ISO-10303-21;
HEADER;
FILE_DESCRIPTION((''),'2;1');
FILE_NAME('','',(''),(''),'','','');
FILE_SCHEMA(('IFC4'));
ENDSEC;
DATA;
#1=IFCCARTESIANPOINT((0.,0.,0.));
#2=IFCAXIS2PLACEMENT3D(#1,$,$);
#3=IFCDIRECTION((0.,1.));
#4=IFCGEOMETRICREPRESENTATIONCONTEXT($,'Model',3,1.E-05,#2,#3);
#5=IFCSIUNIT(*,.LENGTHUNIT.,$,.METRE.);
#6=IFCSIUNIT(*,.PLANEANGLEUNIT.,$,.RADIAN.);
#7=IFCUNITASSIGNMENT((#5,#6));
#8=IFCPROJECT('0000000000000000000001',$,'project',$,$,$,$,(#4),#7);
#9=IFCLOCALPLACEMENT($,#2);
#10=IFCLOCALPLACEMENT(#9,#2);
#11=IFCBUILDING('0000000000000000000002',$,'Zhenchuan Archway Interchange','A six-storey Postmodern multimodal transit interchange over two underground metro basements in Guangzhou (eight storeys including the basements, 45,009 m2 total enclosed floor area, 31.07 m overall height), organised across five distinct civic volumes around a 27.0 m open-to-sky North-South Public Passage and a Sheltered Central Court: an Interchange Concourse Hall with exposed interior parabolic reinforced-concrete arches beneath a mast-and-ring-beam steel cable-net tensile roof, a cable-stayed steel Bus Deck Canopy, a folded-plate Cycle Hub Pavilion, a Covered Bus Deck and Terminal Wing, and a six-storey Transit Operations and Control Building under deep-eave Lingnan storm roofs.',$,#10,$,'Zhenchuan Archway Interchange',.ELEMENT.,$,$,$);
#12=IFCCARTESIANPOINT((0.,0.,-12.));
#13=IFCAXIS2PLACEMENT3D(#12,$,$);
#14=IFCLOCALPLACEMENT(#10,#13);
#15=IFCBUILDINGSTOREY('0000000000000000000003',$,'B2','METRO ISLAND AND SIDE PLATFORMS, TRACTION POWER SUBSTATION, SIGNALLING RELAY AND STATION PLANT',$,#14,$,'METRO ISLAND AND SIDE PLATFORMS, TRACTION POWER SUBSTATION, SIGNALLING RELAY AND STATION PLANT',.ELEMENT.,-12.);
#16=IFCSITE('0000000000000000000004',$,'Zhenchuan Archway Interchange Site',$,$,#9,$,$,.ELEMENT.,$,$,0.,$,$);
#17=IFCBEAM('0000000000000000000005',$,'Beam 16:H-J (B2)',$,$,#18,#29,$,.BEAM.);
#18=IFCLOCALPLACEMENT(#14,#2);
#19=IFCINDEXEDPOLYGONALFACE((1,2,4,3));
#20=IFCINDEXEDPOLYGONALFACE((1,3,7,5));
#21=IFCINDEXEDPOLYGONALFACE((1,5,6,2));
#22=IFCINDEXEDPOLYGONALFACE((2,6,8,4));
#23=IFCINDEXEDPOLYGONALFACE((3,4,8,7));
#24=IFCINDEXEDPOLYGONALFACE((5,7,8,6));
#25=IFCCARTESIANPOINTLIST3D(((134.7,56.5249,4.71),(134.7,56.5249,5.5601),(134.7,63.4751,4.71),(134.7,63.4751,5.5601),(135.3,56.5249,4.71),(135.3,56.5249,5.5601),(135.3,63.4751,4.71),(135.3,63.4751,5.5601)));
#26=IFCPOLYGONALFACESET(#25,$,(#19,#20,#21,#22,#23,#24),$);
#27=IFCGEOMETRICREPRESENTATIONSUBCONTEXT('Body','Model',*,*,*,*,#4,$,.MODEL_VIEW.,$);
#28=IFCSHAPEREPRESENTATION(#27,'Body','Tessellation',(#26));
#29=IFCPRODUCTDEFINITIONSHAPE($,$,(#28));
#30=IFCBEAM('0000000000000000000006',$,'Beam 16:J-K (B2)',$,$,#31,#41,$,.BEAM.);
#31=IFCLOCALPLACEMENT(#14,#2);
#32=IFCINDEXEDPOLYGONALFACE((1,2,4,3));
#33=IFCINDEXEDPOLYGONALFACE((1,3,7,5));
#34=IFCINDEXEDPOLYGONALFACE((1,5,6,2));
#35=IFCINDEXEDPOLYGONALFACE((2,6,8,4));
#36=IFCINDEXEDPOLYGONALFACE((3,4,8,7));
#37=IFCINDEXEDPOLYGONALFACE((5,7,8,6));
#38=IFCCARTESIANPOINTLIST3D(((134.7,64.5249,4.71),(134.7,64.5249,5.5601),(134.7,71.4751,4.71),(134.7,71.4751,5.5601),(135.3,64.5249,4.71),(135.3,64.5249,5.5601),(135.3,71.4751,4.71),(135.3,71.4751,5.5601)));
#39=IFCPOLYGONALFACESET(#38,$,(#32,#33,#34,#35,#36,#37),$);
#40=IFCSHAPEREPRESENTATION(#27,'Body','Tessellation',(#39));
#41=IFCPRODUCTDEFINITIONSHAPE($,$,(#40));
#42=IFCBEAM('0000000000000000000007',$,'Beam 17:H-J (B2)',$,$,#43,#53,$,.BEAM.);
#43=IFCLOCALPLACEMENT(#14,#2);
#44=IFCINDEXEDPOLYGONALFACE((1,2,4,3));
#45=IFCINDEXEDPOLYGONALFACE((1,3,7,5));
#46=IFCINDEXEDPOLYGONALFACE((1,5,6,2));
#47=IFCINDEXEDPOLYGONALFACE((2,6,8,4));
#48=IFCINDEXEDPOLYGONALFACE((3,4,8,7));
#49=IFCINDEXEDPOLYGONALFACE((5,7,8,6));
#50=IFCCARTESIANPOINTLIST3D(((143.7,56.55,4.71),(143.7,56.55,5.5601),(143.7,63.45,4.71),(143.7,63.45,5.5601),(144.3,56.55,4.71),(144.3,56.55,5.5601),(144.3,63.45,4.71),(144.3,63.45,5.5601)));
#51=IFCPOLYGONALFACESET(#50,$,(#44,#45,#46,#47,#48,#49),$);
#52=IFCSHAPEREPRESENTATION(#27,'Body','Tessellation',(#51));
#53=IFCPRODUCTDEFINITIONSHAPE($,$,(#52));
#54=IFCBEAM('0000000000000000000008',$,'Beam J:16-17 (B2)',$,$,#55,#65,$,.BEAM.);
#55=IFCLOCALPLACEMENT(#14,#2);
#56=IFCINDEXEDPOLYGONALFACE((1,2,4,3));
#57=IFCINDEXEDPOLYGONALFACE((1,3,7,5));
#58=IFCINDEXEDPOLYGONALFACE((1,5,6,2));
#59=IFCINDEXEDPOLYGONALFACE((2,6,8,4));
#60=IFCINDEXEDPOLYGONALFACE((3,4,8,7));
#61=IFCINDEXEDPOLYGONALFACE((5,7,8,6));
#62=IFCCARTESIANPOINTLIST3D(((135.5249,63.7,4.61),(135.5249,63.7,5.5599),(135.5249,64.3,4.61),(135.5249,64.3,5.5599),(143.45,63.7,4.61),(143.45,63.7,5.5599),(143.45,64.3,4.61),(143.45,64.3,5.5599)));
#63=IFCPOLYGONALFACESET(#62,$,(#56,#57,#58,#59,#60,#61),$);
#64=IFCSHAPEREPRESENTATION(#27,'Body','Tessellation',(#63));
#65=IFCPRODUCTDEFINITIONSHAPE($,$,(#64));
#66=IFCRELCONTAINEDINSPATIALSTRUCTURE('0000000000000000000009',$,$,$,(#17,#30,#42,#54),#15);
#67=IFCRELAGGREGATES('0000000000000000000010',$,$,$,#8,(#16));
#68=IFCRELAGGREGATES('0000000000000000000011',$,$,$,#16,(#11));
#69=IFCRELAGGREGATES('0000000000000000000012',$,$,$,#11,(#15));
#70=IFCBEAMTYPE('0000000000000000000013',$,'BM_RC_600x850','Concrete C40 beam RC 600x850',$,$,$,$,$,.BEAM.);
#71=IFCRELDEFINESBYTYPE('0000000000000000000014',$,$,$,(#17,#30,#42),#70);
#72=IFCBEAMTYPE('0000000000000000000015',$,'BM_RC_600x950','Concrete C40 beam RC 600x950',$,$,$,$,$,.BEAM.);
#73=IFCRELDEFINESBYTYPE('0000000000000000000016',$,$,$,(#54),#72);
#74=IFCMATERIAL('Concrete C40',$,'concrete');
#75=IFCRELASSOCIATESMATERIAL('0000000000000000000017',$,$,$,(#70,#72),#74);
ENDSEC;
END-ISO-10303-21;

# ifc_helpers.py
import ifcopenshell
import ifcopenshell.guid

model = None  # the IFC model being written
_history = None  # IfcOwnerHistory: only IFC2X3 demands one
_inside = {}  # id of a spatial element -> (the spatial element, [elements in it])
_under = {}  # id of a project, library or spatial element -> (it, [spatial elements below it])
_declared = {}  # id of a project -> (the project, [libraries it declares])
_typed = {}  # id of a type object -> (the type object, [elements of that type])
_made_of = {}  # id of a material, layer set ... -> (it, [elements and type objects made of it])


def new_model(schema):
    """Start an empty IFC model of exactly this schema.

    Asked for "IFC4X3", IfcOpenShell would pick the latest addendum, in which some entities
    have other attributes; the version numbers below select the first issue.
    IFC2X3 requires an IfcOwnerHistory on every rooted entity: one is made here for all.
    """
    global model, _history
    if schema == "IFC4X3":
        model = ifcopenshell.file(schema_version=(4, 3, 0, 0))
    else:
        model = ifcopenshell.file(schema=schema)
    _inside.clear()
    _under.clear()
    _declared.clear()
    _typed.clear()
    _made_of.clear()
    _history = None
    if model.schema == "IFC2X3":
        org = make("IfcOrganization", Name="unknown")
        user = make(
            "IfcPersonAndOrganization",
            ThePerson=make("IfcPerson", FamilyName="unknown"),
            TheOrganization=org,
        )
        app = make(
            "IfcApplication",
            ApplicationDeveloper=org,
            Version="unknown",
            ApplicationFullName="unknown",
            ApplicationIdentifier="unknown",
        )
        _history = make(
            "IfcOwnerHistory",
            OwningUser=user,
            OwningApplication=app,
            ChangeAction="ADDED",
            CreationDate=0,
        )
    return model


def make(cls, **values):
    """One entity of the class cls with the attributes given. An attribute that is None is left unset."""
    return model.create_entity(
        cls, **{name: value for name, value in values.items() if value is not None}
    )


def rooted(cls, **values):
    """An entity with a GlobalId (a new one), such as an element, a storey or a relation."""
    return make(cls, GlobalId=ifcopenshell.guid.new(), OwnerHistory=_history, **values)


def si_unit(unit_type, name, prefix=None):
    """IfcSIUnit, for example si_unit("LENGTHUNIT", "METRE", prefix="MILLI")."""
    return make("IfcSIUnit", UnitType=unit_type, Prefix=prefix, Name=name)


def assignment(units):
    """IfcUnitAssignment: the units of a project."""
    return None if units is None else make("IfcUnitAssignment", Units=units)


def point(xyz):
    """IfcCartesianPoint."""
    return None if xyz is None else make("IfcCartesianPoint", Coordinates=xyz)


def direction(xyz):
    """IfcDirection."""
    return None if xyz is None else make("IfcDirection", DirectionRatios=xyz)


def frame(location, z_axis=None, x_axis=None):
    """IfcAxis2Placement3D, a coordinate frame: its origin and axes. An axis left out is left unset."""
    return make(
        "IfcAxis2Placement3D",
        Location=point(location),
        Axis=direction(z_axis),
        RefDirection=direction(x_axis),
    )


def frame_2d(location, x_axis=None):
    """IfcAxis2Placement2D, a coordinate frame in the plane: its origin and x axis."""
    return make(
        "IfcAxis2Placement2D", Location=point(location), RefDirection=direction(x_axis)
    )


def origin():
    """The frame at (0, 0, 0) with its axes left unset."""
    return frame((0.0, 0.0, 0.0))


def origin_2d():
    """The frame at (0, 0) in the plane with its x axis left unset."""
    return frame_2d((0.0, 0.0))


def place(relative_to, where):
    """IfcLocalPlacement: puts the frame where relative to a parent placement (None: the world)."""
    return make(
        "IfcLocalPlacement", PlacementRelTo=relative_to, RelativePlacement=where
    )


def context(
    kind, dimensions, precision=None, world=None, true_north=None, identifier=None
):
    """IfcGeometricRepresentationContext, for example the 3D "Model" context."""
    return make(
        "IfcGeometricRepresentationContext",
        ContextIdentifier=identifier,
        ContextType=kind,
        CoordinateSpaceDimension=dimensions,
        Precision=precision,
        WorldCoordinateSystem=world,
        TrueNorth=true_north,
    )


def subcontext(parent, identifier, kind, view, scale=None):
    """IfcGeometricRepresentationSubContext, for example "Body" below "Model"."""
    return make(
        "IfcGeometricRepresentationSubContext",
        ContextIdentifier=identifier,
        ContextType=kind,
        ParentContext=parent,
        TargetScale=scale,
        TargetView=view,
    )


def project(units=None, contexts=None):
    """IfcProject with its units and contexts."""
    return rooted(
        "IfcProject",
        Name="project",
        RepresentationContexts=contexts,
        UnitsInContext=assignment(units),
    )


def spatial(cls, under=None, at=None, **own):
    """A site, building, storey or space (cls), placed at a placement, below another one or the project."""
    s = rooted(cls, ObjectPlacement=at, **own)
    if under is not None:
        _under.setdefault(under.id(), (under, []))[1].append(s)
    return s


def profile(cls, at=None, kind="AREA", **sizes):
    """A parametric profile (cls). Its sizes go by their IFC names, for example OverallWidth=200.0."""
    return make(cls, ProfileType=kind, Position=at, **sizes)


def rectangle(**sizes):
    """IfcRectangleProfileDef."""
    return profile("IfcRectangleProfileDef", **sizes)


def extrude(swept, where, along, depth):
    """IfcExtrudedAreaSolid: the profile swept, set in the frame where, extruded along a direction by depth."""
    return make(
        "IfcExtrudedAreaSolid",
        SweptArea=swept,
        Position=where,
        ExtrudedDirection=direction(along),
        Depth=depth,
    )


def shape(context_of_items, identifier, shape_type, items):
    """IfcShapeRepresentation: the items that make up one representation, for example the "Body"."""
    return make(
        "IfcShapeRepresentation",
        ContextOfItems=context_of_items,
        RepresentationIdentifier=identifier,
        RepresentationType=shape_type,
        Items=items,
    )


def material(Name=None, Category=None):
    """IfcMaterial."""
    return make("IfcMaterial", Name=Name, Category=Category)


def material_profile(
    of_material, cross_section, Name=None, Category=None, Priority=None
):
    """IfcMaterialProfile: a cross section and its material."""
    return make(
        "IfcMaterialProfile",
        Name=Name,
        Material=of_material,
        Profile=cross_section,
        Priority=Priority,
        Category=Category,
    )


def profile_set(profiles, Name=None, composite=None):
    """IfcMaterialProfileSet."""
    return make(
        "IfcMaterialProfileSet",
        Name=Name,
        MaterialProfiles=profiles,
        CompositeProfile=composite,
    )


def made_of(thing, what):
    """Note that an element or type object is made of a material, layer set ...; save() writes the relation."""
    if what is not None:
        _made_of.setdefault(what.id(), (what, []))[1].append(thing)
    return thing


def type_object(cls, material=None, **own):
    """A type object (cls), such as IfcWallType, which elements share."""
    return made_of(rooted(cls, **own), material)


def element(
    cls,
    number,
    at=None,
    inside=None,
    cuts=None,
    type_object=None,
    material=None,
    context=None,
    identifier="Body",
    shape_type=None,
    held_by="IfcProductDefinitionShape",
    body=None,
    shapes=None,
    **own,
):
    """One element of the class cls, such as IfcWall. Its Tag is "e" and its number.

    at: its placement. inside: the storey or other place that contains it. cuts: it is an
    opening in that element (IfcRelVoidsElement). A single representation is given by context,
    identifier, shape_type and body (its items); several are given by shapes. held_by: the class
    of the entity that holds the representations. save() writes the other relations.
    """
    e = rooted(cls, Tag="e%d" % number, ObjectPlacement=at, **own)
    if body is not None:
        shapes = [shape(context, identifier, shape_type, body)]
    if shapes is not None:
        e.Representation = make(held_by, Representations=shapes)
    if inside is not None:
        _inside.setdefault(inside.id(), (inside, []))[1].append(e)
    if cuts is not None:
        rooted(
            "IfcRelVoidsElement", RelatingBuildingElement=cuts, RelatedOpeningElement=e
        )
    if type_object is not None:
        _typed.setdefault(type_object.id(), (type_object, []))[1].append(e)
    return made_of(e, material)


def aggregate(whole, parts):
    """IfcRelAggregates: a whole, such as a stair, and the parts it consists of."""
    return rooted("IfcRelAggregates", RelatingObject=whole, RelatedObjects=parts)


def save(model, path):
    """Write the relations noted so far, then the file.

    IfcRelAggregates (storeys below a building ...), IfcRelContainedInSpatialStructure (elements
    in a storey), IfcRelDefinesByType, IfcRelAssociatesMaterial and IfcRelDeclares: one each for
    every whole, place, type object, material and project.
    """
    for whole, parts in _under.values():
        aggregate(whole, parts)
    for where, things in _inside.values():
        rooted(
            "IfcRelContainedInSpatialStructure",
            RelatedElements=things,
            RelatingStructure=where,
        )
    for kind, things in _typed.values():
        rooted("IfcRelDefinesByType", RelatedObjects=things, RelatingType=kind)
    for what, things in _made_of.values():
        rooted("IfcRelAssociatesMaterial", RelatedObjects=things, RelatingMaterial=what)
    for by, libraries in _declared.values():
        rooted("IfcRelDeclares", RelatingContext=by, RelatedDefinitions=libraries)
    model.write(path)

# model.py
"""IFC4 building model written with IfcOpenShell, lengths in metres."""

from ifc_helpers import new_model, si_unit, direction, frame, origin, origin_2d, place, context, subcontext, project, spatial, rectangle, extrude, material, material_profile, profile_set, type_object, element, save


model = new_model("IFC4")

# Units and contexts
model_context = context("Model", 3, precision=1e-05, world=origin(), true_north=direction((0.0, 1.0)))
body_context = subcontext(model_context, "Body", "Model", "MODEL_VIEW")
ifc_project = project(units=[si_unit("LENGTHUNIT", "METRE"), si_unit("PLANEANGLEUNIT", "RADIAN")], contexts=[model_context])

# Site, building, storey
site_placement = place(None, origin())
site = spatial("IfcSite", under=ifc_project, at=site_placement, Name="Zhenchuan Archway Interchange Site", CompositionType="ELEMENT", RefElevation=0.0)
building_placement = place(site_placement, origin())
building = spatial("IfcBuilding", under=site, at=building_placement, Name="Zhenchuan Archway Interchange", Description="A six-storey Postmodern multimodal transit interchange over two underground metro basements in Guangzhou (eight storeys including the basements, 45,009 m2 total enclosed floor area, 31.07 m overall height), organised across five distinct civic volumes around a 27.0 m open-to-sky North-South Public Passage and a Sheltered Central Court: an Interchange Concourse Hall with exposed interior parabolic reinforced-concrete arches beneath a mast-and-ring-beam steel cable-net tensile roof, a cable-stayed steel Bus Deck Canopy, a folded-plate Cycle Hub Pavilion, a Covered Bus Deck and Terminal Wing, and a six-storey Transit Operations and Control Building under deep-eave Lingnan storm roofs.", LongName="Zhenchuan Archway Interchange", CompositionType="ELEMENT")
storey_placement = place(building_placement, frame((0.0, 0.0, -12.0)))
storey = spatial("IfcBuildingStorey", under=building, at=storey_placement, Name="B2", Description="METRO ISLAND AND SIDE PLATFORMS, TRACTION POWER SUBSTATION, SIGNALLING RELAY AND STATION PLANT", LongName="METRO ISLAND AND SIDE PLATFORMS, TRACTION POWER SUBSTATION, SIGNALLING RELAY AND STATION PLANT", CompositionType="ELEMENT", Elevation=-12.0)

# Shared definitions
ifc_material_1 = material(Name="Concrete C40", Category="concrete")

# Beams
ifc_material_profile_1 = material_profile(ifc_material_1, rectangle(XDim=0.6001, YDim=0.8501, at=origin_2d()), Name="RC 600x850")
ifc_profile_set_1 = profile_set([ifc_material_profile_1], Name="Concrete C40")
beam_type_1 = type_object("IfcBeamType", Name="BM_RC_600x850", Description="Concrete C40 beam RC 600x850", PredefinedType="BEAM", material=ifc_profile_set_1)
for number, where, z_axis, x_axis, name in (
    (1, (135.0, 56.5249, 5.135), (0.0, 1.0, 0.0), (-1.0, 0.0, 0.0), "Beam 16:H-J (B2)"),
    (2, (135.0, 64.5249, 5.135), (0.0, 1.0, 0.0), (-1.0, 0.0, 0.0), "Beam 16:J-K (B2)"),
):
    element("IfcBeam", number, at=place(storey_placement, frame(where, z_axis=z_axis, x_axis=x_axis)), inside=storey, type_object=beam_type_1, Name=name, PredefinedType="BEAM", context=body_context, shape_type="SweptSolid", body=[
        extrude(rectangle(XDim=0.6001, YDim=0.8501, at=origin_2d()), origin(), (0.0, 0.0, 1.0), 6.9502),
    ])
beam_1_placement = place(storey_placement, frame((144.0, 56.55, 5.135), z_axis=(0.0, 1.0, 0.0), x_axis=(-1.0, 0.0, 0.0)))
element("IfcBeam", 3, at=beam_1_placement, inside=storey, type_object=beam_type_1, Name="Beam 17:H-J (B2)", PredefinedType="BEAM", context=body_context, shape_type="SweptSolid", body=[
    extrude(rectangle(XDim=0.6001, YDim=0.8501, at=origin_2d()), origin(), (0.0, 0.0, 1.0), 6.8999),
])
ifc_material_profile_2 = material_profile(ifc_material_1, rectangle(XDim=0.6001, YDim=0.95, at=origin_2d()), Name="RC 600x950")
ifc_profile_set_2 = profile_set([ifc_material_profile_2], Name="Concrete C40")
beam_type_2 = type_object("IfcBeamType", Name="BM_RC_600x950", Description="Concrete C40 beam RC 600x950", PredefinedType="BEAM", material=ifc_profile_set_2)
beam_2_placement = place(storey_placement, frame((135.5249, 64.0, 5.085), z_axis=(1.0, 0.0, 0.0), x_axis=(0.0, 1.0, 0.0)))
element("IfcBeam", 4, at=beam_2_placement, inside=storey, type_object=beam_type_2, Name="Beam J:16-17 (B2)", PredefinedType="BEAM", context=body_context, shape_type="SweptSolid", body=[
    extrude(rectangle(XDim=0.6001, YDim=0.95, at=origin_2d()), origin(), (0.0, 0.0, 1.0), 7.925),
])

save(model, "model.ifc")
